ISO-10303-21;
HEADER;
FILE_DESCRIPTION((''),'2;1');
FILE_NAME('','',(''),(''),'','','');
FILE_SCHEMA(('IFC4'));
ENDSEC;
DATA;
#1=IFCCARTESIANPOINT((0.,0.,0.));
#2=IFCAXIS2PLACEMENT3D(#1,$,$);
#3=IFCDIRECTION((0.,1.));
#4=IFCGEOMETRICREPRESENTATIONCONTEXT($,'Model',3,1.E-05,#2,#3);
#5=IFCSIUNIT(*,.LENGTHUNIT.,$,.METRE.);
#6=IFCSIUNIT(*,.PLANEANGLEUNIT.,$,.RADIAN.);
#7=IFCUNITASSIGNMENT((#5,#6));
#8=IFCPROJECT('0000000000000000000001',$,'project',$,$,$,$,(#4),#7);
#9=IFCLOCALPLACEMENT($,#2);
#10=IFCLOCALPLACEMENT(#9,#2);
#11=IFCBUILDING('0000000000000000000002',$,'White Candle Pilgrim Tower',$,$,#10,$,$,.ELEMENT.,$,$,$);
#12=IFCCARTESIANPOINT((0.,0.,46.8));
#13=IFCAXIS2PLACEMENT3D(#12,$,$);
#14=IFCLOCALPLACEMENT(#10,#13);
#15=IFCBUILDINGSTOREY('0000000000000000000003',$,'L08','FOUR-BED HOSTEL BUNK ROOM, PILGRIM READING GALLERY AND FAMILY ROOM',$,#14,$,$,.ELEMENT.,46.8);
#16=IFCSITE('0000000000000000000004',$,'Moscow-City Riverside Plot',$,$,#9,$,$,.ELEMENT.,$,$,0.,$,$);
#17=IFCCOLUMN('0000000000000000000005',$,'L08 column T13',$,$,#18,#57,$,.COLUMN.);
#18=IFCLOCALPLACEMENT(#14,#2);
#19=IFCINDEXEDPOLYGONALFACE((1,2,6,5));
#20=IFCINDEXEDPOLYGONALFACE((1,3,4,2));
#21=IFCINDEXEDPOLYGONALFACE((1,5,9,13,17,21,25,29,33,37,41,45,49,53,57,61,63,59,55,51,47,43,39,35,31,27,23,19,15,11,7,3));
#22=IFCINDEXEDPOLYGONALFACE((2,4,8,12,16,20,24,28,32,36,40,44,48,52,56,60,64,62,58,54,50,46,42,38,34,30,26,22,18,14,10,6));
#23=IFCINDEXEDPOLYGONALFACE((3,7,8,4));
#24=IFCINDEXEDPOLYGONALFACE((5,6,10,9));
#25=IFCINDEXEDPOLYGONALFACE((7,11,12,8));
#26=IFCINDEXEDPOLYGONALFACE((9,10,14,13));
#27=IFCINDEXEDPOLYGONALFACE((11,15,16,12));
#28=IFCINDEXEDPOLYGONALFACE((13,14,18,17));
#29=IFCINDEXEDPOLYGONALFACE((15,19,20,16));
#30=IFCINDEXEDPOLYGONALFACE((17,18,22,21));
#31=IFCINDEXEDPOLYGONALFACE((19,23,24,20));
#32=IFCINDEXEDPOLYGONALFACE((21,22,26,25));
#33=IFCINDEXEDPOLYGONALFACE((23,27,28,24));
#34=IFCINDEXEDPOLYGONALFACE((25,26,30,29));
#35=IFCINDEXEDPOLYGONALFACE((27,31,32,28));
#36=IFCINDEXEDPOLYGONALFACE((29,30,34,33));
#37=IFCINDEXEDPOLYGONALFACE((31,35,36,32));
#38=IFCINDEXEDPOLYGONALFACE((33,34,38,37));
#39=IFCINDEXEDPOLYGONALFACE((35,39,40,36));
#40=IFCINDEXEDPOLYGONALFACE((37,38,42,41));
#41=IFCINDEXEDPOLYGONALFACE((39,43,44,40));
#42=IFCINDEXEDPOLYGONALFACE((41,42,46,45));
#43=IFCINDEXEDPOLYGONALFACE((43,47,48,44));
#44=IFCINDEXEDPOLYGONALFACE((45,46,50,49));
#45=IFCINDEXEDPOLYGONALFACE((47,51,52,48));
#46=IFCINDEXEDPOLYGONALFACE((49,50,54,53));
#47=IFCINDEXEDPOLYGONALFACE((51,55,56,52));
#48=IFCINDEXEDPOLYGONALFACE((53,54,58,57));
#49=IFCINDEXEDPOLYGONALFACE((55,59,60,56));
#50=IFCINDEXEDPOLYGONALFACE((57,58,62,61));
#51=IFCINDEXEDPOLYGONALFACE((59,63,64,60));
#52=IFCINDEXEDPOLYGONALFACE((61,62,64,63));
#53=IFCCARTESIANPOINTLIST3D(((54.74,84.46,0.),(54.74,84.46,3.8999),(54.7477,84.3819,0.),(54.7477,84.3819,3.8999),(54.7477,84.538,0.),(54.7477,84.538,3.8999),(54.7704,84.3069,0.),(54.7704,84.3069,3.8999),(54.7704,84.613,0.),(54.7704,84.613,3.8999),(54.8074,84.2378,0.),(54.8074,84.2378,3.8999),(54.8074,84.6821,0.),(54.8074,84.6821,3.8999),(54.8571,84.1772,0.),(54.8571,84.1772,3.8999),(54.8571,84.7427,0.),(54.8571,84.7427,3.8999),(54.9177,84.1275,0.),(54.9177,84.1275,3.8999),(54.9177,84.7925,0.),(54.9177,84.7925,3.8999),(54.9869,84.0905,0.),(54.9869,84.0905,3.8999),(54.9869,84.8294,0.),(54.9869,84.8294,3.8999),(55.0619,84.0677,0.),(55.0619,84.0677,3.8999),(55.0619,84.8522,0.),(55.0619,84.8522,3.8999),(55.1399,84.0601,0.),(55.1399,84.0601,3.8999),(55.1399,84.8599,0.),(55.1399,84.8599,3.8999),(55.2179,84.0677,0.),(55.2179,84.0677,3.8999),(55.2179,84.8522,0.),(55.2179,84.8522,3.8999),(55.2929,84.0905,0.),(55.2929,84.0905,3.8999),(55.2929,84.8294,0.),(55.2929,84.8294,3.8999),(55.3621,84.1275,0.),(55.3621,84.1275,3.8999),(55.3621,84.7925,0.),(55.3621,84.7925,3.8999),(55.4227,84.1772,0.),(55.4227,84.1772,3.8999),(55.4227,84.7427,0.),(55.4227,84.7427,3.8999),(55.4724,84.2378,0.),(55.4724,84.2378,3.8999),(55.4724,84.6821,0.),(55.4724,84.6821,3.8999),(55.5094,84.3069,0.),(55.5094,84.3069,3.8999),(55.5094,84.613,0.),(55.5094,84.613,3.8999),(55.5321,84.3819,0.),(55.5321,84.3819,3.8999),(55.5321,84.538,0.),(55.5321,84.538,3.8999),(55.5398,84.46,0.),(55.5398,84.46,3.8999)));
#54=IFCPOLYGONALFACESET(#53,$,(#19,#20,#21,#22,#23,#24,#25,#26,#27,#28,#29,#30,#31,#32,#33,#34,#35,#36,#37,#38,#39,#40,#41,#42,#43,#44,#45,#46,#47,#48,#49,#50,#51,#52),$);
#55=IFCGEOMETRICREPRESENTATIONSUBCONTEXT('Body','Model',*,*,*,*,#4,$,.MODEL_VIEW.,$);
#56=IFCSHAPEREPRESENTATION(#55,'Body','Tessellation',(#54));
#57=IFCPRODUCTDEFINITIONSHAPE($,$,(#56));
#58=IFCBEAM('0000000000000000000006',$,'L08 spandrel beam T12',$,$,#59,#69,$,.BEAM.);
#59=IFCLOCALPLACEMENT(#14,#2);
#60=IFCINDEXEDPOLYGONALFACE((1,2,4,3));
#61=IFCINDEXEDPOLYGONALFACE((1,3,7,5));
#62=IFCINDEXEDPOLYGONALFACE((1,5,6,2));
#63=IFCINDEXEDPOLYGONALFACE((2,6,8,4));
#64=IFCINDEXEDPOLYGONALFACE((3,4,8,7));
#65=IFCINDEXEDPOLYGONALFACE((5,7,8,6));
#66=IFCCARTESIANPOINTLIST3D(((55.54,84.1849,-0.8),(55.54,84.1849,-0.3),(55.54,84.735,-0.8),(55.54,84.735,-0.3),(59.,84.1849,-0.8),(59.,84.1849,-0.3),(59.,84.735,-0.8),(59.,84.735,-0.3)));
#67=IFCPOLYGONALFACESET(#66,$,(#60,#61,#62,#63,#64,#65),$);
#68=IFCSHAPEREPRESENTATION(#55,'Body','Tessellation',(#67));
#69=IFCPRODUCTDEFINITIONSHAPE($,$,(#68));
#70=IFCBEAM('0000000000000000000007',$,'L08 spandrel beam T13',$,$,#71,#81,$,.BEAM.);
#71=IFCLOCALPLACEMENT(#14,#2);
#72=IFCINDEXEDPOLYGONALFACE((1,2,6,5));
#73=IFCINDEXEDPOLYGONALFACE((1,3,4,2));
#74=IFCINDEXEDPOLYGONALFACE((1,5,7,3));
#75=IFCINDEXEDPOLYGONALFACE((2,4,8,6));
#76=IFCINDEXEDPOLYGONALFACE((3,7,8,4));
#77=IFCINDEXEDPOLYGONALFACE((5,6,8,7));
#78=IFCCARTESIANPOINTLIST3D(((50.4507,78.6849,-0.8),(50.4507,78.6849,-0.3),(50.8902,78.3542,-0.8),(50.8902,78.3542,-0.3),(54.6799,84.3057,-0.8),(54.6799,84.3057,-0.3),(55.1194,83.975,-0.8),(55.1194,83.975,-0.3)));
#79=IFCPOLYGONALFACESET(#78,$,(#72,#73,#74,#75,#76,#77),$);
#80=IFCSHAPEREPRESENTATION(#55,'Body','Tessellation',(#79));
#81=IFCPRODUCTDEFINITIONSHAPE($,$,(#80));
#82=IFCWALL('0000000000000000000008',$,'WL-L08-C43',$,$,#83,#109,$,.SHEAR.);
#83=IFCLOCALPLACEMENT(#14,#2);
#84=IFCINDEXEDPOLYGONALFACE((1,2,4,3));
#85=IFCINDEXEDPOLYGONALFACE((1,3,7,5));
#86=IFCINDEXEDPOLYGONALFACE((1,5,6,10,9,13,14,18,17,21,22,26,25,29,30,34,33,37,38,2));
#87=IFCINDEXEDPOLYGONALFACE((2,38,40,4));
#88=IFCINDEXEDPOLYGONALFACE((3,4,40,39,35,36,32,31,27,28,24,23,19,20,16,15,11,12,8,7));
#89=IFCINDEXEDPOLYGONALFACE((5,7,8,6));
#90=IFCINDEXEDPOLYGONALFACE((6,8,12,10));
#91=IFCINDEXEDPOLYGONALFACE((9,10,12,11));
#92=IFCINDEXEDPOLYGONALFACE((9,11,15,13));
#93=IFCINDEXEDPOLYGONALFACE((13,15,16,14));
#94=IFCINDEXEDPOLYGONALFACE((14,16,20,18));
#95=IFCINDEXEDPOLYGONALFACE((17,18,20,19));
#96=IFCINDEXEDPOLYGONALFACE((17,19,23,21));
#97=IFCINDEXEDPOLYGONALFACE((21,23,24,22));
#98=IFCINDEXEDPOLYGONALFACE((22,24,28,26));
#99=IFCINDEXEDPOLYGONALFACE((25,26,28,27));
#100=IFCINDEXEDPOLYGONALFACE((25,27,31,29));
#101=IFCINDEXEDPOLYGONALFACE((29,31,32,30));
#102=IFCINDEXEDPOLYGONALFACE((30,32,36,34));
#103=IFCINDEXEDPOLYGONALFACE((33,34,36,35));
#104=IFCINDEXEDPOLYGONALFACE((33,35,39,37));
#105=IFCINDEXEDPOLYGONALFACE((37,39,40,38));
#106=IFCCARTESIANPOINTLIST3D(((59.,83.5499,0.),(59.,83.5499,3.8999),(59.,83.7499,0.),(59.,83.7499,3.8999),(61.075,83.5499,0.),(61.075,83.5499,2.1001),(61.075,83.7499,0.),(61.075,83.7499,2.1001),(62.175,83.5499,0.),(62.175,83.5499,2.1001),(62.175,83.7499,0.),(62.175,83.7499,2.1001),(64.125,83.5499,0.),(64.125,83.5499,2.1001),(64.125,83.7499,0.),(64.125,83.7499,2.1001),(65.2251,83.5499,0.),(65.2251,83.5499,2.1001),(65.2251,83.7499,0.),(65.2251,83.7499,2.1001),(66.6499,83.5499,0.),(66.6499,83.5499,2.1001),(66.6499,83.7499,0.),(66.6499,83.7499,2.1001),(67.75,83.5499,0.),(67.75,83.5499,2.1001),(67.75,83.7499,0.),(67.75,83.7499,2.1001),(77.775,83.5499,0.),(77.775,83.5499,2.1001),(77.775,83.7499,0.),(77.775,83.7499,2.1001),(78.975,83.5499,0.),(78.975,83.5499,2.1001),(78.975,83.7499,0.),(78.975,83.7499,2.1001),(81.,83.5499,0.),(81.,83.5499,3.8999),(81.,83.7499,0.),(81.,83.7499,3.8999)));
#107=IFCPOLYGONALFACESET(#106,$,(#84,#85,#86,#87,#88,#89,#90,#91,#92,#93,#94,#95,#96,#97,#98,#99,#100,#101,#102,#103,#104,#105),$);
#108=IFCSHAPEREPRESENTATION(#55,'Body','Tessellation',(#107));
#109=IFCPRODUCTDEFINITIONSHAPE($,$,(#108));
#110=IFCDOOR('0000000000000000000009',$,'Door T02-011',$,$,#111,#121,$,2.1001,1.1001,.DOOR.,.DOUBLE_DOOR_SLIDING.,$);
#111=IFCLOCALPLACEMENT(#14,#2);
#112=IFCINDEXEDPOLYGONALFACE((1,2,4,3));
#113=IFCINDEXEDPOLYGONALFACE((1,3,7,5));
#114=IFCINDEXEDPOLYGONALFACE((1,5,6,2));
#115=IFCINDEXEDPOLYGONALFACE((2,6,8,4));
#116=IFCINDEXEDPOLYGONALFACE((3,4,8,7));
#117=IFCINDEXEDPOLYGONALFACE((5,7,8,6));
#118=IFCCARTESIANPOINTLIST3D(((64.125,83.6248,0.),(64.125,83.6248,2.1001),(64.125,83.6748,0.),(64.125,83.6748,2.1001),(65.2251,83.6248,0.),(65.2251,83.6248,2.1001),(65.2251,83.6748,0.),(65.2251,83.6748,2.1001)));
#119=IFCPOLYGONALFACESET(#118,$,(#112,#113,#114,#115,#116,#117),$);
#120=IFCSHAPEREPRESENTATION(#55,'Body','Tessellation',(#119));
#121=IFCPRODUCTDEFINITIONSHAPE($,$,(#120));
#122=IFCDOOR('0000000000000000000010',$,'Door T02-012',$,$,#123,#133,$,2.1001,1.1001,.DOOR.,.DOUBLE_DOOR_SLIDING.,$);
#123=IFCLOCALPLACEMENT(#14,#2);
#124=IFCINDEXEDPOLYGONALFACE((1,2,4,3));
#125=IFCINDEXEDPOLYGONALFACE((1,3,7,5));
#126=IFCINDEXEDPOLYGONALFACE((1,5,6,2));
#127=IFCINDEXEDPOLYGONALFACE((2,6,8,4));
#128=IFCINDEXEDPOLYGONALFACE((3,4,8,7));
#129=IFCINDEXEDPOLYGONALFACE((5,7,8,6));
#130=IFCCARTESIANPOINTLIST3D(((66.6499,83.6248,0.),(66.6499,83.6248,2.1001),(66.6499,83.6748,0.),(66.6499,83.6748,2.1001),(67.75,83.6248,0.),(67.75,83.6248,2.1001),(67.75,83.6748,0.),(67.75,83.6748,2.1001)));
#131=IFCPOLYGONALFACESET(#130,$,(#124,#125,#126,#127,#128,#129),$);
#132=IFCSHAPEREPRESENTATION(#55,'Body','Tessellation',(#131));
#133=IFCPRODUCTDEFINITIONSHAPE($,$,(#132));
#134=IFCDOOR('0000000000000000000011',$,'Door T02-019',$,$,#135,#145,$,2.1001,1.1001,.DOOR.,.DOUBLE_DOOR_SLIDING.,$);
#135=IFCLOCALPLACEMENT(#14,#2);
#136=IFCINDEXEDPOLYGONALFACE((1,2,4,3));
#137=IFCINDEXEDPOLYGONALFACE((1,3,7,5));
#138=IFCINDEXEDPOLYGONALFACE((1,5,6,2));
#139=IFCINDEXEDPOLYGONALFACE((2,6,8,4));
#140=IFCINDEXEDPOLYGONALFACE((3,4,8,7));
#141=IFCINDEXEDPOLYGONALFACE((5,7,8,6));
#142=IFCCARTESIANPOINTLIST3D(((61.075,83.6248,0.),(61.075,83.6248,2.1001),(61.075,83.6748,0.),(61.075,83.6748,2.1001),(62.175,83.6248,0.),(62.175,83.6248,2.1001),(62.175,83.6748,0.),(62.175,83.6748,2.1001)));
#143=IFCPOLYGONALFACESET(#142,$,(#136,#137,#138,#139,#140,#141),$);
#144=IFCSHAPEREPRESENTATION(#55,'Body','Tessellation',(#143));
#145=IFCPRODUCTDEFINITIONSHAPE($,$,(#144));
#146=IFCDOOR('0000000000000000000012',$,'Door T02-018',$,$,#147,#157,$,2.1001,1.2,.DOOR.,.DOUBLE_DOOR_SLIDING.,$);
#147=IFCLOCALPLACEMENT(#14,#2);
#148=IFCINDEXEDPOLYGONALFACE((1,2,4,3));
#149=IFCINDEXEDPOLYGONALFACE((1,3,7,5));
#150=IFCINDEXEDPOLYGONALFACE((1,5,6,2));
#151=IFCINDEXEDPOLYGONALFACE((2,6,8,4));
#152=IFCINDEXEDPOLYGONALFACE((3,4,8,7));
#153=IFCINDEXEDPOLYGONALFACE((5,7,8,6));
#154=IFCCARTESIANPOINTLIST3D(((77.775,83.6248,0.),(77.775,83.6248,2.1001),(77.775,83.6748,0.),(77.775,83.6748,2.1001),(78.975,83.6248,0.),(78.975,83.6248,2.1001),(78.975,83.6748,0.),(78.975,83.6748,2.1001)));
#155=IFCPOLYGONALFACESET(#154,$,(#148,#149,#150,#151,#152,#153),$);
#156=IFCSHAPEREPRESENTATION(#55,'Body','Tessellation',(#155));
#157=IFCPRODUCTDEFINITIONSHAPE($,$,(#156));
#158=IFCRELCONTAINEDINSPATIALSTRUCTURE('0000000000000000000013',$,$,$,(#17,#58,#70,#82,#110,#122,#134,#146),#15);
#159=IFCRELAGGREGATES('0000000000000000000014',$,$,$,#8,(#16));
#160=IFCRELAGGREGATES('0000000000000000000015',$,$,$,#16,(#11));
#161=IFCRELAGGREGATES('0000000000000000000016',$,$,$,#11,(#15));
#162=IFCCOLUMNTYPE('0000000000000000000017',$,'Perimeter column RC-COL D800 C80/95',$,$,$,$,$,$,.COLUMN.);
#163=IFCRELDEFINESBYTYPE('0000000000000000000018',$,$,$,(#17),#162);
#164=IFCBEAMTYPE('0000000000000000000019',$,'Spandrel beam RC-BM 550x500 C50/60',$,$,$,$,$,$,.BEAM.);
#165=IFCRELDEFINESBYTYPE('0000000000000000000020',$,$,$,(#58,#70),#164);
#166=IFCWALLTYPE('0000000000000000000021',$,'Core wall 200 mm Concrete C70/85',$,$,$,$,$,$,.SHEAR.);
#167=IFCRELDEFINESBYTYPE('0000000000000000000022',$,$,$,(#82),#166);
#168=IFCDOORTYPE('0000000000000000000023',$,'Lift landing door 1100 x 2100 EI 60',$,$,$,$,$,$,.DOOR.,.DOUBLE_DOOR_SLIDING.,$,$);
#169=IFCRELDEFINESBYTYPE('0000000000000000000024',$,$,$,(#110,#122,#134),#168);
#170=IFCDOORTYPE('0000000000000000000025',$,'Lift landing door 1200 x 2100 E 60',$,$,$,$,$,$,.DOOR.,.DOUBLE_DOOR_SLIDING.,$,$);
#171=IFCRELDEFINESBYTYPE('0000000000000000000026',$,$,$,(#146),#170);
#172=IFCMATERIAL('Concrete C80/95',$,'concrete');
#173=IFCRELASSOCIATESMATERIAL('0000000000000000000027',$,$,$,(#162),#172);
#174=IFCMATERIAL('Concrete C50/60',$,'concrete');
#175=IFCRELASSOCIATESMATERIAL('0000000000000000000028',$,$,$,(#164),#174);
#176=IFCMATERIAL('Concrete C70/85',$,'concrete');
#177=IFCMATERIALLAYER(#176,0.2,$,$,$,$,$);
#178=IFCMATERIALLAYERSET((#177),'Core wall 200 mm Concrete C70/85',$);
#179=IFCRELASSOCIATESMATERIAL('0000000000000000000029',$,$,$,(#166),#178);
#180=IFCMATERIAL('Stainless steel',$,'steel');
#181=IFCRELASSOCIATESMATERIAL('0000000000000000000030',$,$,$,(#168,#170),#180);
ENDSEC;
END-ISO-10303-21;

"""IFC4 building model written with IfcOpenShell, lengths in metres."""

from ifc_helpers import new_model, si_unit, direction, frame, frame_2d, origin, origin_2d, place, context, subcontext, project, spatial, rectangle, circle, extrude, material, layer, layer_set, material_profile, profile_set, type_object, element, fill, save


model = new_model("IFC4")

# Units and contexts
model_context = context("Model", 3, precision=1e-05, world=origin(), true_north=direction((0.0, 1.0)))
body_context = subcontext(model_context, "Body", "Model", "MODEL_VIEW")
ifc_project = project(units=[si_unit("LENGTHUNIT", "METRE"), si_unit("PLANEANGLEUNIT", "RADIAN")], contexts=[model_context])

# Site, building, storey
site_placement = place(None, origin())
site = spatial("IfcSite", under=ifc_project, at=site_placement, Name="Moscow-City Riverside Plot", CompositionType="ELEMENT", RefElevation=0.0)
building_placement = place(site_placement, origin())
building = spatial("IfcBuilding", under=site, at=building_placement, Name="White Candle Pilgrim Tower", CompositionType="ELEMENT")
storey_placement = place(building_placement, frame((0.0, 0.0, 46.8)))
storey = spatial("IfcBuildingStorey", under=building, at=storey_placement, Name="L08", Description="FOUR-BED HOSTEL BUNK ROOM, PILGRIM READING GALLERY AND FAMILY ROOM", CompositionType="ELEMENT", Elevation=46.8)

# Column
ifc_material_1 = material(Name="Concrete C80/95", Category="concrete")
ifc_material_profile_1 = material_profile(ifc_material_1, circle(Radius=0.3999, at=origin_2d()), Name="RC-COL D800")
ifc_profile_set_1 = profile_set([ifc_material_profile_1], Name="Concrete C80/95")
column_type = type_object("IfcColumnType", Name="Perimeter column RC-COL D800 C80/95", PredefinedType="COLUMN", material=ifc_profile_set_1)
column_placement = place(storey_placement, frame((55.1399, 84.46, 0.0), z_axis=(0.0, 0.0, 1.0), x_axis=(1.0, 0.0, 0.0)))
element("IfcColumn", 1, at=column_placement, inside=storey, type_object=column_type, Name="L08 column T13", PredefinedType="COLUMN", context=body_context, shape_type="SweptSolid", body=[
    extrude(circle(Radius=0.3999, at=origin_2d()), origin(), (0.0, 0.0, 1.0), 3.8999),
])

# Beams
ifc_material_2 = material(Name="Concrete C50/60", Category="concrete")
ifc_material_profile_2 = material_profile(ifc_material_2, rectangle(XDim=0.55, YDim=0.5, at=origin_2d()), Name="RC-BM 550x500")
ifc_profile_set_2 = profile_set([ifc_material_profile_2], Name="Concrete C50/60")
beam_type = type_object("IfcBeamType", Name="Spandrel beam RC-BM 550x500 C50/60", PredefinedType="BEAM", material=ifc_profile_set_2)
beam_1_placement = place(storey_placement, frame((55.54, 84.46, -0.55), z_axis=(1.0, 0.0, 0.0), x_axis=(0.0, 1.0, 0.0)))
element("IfcBeam", 2, at=beam_1_placement, inside=storey, type_object=beam_type, Name="L08 spandrel beam T12", PredefinedType="BEAM", context=body_context, shape_type="SweptSolid", body=[
    extrude(rectangle(XDim=0.55, YDim=0.5, at=origin_2d()), origin(), (0.0, 0.0, 1.0), 3.46),
])
beam_2_placement = place(storey_placement, frame((54.8997, 84.1404, -0.55), z_axis=(-0.601238, -0.79907, 0.0), x_axis=(0.79907, -0.601238, 0.0)))
element("IfcBeam", 3, at=beam_2_placement, inside=storey, type_object=beam_type, Name="L08 spandrel beam T13", PredefinedType="BEAM", context=body_context, shape_type="SweptSolid", body=[
    extrude(rectangle(XDim=0.55, YDim=0.5, at=origin_2d()), origin(), (0.0, 0.0, 1.0), 7.0342),
])

# Wall, openings, doors
ifc_material_3 = material(Name="Concrete C70/85", Category="concrete")
ifc_layer_1 = layer(ifc_material_3, 0.2)
ifc_layer_set_1 = layer_set([ifc_layer_1], Name="Core wall 200 mm Concrete C70/85")
wall_type_1 = type_object("IfcWallType", Name="Core wall 200 mm Concrete C70/85", PredefinedType="SHEAR", material=ifc_layer_set_1)
wall_1_placement = place(storey_placement, frame((59.0, 83.6499, 0.0), z_axis=(0.0, 0.0, 1.0), x_axis=(1.0, 0.0, 0.0)))
wall_1 = element("IfcWall", 4, at=wall_1_placement, inside=storey, type_object=wall_type_1, Name="WL-L08-C43", PredefinedType="SHEAR", context=body_context, shape_type="SweptSolid", body=[
    extrude(rectangle(XDim=22.0, YDim=0.2, at=frame_2d((11.0, 0.0))), origin(), (0.0, 0.0, 1.0), 3.8999),
])
opening_1_placement = place(wall_1_placement, frame((5.125, 0.0, 0.0)))
opening_1 = element("IfcOpeningElement", 5, at=opening_1_placement, cuts=wall_1, PredefinedType="OPENING", context=body_context, shape_type="SweptSolid", body=[
    extrude(rectangle(XDim=1.1001, YDim=2.1001, at=frame_2d((0.55, 1.05))), frame((0.0, 0.1099, 0.0), z_axis=(0.0, -1.0, 0.0), x_axis=(1.0, 0.0, 0.0)), (0.0, 0.0, 1.0), 0.22),
])
opening_2_placement = place(wall_1_placement, frame((7.6499, 0.0, 0.0)))
opening_2 = element("IfcOpeningElement", 6, at=opening_2_placement, cuts=wall_1, PredefinedType="OPENING", context=body_context, shape_type="SweptSolid", body=[
    extrude(rectangle(XDim=1.1001, YDim=2.1001, at=frame_2d((0.55, 1.05))), frame((0.0, 0.1099, 0.0), z_axis=(0.0, -1.0, 0.0), x_axis=(1.0, 0.0, 0.0)), (0.0, 0.0, 1.0), 0.22),
])
opening_3_placement = place(wall_1_placement, frame((18.7749, 0.0, 0.0)))
opening_3 = element("IfcOpeningElement", 7, at=opening_3_placement, cuts=wall_1, PredefinedType="OPENING", context=body_context, shape_type="SweptSolid", body=[
    extrude(rectangle(XDim=1.2, YDim=2.1001, at=frame_2d((0.6001, 1.05))), frame((0.0, 0.1099, 0.0), z_axis=(0.0, -1.0, 0.0), x_axis=(1.0, 0.0, 0.0)), (0.0, 0.0, 1.0), 0.22),
])
opening_4_placement = place(wall_1_placement, frame((2.075, 0.0, 0.0)))
opening_4 = element("IfcOpeningElement", 8, at=opening_4_placement, cuts=wall_1, PredefinedType="OPENING", context=body_context, shape_type="SweptSolid", body=[
    extrude(rectangle(XDim=1.1001, YDim=2.1001, at=frame_2d((0.55, 1.05))), frame((0.0, 0.1099, 0.0), z_axis=(0.0, -1.0, 0.0), x_axis=(1.0, 0.0, 0.0)), (0.0, 0.0, 1.0), 0.22),
])
ifc_material_4 = material(Name="Stainless steel", Category="steel")
door_type_1 = type_object("IfcDoorType", Name="Lift landing door 1100 x 2100 EI 60", OperationType="DOUBLE_DOOR_SLIDING", PredefinedType="DOOR", material=ifc_material_4)
door_1_placement = place(opening_1_placement, origin())
door_1 = element("IfcDoor", 9, at=door_1_placement, inside=storey, type_object=door_type_1, Name="Door T02-011", OperationType="DOUBLE_DOOR_SLIDING", OverallHeight=2.1001, OverallWidth=1.1001, PredefinedType="DOOR", context=body_context, shape_type="SweptSolid", body=[
    extrude(rectangle(XDim=1.1001, YDim=2.1001, at=frame_2d((0.55, 1.05))), frame((0.0, 0.0249, 0.0), z_axis=(0.0, -1.0, 0.0), x_axis=(1.0, 0.0, 0.0)), (0.0, 0.0, 1.0), 0.05),
])
fill(opening_1, door_1)
door_2_placement = place(opening_2_placement, origin())
door_2 = element("IfcDoor", 10, at=door_2_placement, inside=storey, type_object=door_type_1, Name="Door T02-012", OperationType="DOUBLE_DOOR_SLIDING", OverallHeight=2.1001, OverallWidth=1.1001, PredefinedType="DOOR", context=body_context, shape_type="SweptSolid", body=[
    extrude(rectangle(XDim=1.1001, YDim=2.1001, at=frame_2d((0.55, 1.05))), frame((0.0, 0.0249, 0.0), z_axis=(0.0, -1.0, 0.0), x_axis=(1.0, 0.0, 0.0)), (0.0, 0.0, 1.0), 0.05),
])
fill(opening_2, door_2)
door_3_placement = place(opening_4_placement, origin())
door_3 = element("IfcDoor", 11, at=door_3_placement, inside=storey, type_object=door_type_1, Name="Door T02-019", OperationType="DOUBLE_DOOR_SLIDING", OverallHeight=2.1001, OverallWidth=1.1001, PredefinedType="DOOR", context=body_context, shape_type="SweptSolid", body=[
    extrude(rectangle(XDim=1.1001, YDim=2.1001, at=frame_2d((0.55, 1.05))), frame((0.0, 0.0249, 0.0), z_axis=(0.0, -1.0, 0.0), x_axis=(1.0, 0.0, 0.0)), (0.0, 0.0, 1.0), 0.05),
])
fill(opening_4, door_3)
door_type_2 = type_object("IfcDoorType", Name="Lift landing door 1200 x 2100 E 60", OperationType="DOUBLE_DOOR_SLIDING", PredefinedType="DOOR", material=ifc_material_4)
door_4_placement = place(opening_3_placement, origin())
door_4 = element("IfcDoor", 12, at=door_4_placement, inside=storey, type_object=door_type_2, Name="Door T02-018", OperationType="DOUBLE_DOOR_SLIDING", OverallHeight=2.1001, OverallWidth=1.2, PredefinedType="DOOR", context=body_context, shape_type="SweptSolid", body=[
    extrude(rectangle(XDim=1.2, YDim=2.1001, at=frame_2d((0.6001, 1.05))), frame((0.0, 0.0249, 0.0), z_axis=(0.0, -1.0, 0.0), x_axis=(1.0, 0.0, 0.0)), (0.0, 0.0, 1.0), 0.05),
])
fill(opening_3, door_4)

save(model, "model.ifc")
